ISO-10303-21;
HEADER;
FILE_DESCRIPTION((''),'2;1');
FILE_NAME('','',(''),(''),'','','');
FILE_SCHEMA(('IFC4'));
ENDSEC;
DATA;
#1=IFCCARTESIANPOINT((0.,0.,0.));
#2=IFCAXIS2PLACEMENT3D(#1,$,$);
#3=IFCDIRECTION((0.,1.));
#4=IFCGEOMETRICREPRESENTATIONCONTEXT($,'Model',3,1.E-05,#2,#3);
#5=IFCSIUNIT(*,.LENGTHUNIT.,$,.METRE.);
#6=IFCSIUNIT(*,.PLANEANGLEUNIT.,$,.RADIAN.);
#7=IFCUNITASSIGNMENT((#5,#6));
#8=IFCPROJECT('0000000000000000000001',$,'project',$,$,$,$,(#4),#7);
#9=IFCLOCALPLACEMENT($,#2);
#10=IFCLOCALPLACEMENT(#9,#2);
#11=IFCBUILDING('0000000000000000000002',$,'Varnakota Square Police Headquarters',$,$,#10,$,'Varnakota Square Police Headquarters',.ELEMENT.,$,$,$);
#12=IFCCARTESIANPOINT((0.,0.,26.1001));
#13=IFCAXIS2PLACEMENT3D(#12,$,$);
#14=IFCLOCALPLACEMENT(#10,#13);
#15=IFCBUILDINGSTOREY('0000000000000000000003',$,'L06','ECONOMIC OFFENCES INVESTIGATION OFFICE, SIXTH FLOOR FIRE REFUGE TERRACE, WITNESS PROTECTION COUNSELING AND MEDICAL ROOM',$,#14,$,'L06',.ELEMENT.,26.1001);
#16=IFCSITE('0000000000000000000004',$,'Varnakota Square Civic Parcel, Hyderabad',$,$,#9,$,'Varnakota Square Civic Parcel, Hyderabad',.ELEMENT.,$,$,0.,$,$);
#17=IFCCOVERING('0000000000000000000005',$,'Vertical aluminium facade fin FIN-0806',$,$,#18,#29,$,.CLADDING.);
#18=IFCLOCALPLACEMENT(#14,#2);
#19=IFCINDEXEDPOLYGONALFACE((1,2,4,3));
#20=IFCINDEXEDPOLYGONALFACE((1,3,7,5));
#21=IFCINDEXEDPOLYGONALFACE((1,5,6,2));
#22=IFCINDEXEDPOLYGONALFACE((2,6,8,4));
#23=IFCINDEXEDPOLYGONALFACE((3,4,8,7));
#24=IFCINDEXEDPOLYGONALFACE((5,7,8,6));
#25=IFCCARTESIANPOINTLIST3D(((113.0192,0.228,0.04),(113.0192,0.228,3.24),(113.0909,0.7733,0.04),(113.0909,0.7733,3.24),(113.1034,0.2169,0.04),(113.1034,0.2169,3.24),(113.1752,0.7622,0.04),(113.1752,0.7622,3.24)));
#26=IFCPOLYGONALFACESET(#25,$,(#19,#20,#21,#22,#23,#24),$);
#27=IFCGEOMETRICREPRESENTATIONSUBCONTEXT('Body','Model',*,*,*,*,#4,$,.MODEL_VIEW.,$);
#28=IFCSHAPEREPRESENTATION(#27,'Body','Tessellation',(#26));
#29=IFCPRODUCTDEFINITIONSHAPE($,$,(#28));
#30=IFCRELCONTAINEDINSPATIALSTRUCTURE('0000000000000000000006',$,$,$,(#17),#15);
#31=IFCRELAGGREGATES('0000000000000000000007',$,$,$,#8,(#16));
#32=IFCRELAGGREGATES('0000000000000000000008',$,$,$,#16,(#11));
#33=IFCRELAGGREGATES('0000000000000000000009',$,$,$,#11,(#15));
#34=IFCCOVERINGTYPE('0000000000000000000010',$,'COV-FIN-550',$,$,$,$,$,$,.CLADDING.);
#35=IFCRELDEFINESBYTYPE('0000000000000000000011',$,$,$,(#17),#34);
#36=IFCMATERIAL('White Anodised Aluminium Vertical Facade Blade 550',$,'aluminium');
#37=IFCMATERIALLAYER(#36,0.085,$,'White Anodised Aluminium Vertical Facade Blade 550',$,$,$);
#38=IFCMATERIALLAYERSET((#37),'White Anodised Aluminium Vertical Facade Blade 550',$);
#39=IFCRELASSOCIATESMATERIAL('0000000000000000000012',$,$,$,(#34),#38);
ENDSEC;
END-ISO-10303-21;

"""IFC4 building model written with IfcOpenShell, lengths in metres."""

from ifc_helpers import new_model, si_unit, direction, frame, origin, origin_2d, place, context, subcontext, project, spatial, rectangle, extrude, material, layer, layer_set, type_object, element, save


model = new_model("IFC4")

# Units and contexts
model_context = context("Model", 3, precision=1e-05, world=origin(), true_north=direction((0.0, 1.0)))
body_context = subcontext(model_context, "Body", "Model", "MODEL_VIEW")
ifc_project = project(units=[si_unit("LENGTHUNIT", "METRE"), si_unit("PLANEANGLEUNIT", "RADIAN")], contexts=[model_context])

# Site, building, storey
site_placement = place(None, origin())
site = spatial("IfcSite", under=ifc_project, at=site_placement, Name="Varnakota Square Civic Parcel, Hyderabad", LongName="Varnakota Square Civic Parcel, Hyderabad", CompositionType="ELEMENT", RefElevation=0.0)
building_placement = place(site_placement, origin())
building = spatial("IfcBuilding", under=site, at=building_placement, Name="Varnakota Square Police Headquarters", LongName="Varnakota Square Police Headquarters", CompositionType="ELEMENT")
storey_placement = place(building_placement, frame((0.0, 0.0, 26.1001)))
storey = spatial("IfcBuildingStorey", under=building, at=storey_placement, Name="L06", Description="ECONOMIC OFFENCES INVESTIGATION OFFICE, SIXTH FLOOR FIRE REFUGE TERRACE, WITNESS PROTECTION COUNSELING AND MEDICAL ROOM", LongName="L06", CompositionType="ELEMENT", Elevation=26.1001)

# Covering
ifc_material_1 = material(Name="White Anodised Aluminium Vertical Facade Blade 550", Category="aluminium")
ifc_layer_1 = layer(ifc_material_1, 0.085, Name="White Anodised Aluminium Vertical Facade Blade 550")
ifc_layer_set_1 = layer_set([ifc_layer_1], Name="White Anodised Aluminium Vertical Facade Blade 550")
covering_type_1 = type_object("IfcCoveringType", Name="COV-FIN-550", PredefinedType="CLADDING", material=ifc_layer_set_1)
covering_placement = place(storey_placement, frame((113.0972, 0.4951, 0.04), z_axis=(0.0, 0.0, 1.0), x_axis=(0.991445, -0.130526, 0.0)))
element("IfcCovering", 1, at=covering_placement, inside=storey, type_object=covering_type_1, Name="Vertical aluminium facade fin FIN-0806", PredefinedType="CLADDING", context=body_context, shape_type="SweptSolid", body=[
    extrude(rectangle(XDim=0.085, YDim=0.55, at=origin_2d()), origin(), (0.0, 0.0, 1.0), 3.2),
])

save(model, "model.ifc")
